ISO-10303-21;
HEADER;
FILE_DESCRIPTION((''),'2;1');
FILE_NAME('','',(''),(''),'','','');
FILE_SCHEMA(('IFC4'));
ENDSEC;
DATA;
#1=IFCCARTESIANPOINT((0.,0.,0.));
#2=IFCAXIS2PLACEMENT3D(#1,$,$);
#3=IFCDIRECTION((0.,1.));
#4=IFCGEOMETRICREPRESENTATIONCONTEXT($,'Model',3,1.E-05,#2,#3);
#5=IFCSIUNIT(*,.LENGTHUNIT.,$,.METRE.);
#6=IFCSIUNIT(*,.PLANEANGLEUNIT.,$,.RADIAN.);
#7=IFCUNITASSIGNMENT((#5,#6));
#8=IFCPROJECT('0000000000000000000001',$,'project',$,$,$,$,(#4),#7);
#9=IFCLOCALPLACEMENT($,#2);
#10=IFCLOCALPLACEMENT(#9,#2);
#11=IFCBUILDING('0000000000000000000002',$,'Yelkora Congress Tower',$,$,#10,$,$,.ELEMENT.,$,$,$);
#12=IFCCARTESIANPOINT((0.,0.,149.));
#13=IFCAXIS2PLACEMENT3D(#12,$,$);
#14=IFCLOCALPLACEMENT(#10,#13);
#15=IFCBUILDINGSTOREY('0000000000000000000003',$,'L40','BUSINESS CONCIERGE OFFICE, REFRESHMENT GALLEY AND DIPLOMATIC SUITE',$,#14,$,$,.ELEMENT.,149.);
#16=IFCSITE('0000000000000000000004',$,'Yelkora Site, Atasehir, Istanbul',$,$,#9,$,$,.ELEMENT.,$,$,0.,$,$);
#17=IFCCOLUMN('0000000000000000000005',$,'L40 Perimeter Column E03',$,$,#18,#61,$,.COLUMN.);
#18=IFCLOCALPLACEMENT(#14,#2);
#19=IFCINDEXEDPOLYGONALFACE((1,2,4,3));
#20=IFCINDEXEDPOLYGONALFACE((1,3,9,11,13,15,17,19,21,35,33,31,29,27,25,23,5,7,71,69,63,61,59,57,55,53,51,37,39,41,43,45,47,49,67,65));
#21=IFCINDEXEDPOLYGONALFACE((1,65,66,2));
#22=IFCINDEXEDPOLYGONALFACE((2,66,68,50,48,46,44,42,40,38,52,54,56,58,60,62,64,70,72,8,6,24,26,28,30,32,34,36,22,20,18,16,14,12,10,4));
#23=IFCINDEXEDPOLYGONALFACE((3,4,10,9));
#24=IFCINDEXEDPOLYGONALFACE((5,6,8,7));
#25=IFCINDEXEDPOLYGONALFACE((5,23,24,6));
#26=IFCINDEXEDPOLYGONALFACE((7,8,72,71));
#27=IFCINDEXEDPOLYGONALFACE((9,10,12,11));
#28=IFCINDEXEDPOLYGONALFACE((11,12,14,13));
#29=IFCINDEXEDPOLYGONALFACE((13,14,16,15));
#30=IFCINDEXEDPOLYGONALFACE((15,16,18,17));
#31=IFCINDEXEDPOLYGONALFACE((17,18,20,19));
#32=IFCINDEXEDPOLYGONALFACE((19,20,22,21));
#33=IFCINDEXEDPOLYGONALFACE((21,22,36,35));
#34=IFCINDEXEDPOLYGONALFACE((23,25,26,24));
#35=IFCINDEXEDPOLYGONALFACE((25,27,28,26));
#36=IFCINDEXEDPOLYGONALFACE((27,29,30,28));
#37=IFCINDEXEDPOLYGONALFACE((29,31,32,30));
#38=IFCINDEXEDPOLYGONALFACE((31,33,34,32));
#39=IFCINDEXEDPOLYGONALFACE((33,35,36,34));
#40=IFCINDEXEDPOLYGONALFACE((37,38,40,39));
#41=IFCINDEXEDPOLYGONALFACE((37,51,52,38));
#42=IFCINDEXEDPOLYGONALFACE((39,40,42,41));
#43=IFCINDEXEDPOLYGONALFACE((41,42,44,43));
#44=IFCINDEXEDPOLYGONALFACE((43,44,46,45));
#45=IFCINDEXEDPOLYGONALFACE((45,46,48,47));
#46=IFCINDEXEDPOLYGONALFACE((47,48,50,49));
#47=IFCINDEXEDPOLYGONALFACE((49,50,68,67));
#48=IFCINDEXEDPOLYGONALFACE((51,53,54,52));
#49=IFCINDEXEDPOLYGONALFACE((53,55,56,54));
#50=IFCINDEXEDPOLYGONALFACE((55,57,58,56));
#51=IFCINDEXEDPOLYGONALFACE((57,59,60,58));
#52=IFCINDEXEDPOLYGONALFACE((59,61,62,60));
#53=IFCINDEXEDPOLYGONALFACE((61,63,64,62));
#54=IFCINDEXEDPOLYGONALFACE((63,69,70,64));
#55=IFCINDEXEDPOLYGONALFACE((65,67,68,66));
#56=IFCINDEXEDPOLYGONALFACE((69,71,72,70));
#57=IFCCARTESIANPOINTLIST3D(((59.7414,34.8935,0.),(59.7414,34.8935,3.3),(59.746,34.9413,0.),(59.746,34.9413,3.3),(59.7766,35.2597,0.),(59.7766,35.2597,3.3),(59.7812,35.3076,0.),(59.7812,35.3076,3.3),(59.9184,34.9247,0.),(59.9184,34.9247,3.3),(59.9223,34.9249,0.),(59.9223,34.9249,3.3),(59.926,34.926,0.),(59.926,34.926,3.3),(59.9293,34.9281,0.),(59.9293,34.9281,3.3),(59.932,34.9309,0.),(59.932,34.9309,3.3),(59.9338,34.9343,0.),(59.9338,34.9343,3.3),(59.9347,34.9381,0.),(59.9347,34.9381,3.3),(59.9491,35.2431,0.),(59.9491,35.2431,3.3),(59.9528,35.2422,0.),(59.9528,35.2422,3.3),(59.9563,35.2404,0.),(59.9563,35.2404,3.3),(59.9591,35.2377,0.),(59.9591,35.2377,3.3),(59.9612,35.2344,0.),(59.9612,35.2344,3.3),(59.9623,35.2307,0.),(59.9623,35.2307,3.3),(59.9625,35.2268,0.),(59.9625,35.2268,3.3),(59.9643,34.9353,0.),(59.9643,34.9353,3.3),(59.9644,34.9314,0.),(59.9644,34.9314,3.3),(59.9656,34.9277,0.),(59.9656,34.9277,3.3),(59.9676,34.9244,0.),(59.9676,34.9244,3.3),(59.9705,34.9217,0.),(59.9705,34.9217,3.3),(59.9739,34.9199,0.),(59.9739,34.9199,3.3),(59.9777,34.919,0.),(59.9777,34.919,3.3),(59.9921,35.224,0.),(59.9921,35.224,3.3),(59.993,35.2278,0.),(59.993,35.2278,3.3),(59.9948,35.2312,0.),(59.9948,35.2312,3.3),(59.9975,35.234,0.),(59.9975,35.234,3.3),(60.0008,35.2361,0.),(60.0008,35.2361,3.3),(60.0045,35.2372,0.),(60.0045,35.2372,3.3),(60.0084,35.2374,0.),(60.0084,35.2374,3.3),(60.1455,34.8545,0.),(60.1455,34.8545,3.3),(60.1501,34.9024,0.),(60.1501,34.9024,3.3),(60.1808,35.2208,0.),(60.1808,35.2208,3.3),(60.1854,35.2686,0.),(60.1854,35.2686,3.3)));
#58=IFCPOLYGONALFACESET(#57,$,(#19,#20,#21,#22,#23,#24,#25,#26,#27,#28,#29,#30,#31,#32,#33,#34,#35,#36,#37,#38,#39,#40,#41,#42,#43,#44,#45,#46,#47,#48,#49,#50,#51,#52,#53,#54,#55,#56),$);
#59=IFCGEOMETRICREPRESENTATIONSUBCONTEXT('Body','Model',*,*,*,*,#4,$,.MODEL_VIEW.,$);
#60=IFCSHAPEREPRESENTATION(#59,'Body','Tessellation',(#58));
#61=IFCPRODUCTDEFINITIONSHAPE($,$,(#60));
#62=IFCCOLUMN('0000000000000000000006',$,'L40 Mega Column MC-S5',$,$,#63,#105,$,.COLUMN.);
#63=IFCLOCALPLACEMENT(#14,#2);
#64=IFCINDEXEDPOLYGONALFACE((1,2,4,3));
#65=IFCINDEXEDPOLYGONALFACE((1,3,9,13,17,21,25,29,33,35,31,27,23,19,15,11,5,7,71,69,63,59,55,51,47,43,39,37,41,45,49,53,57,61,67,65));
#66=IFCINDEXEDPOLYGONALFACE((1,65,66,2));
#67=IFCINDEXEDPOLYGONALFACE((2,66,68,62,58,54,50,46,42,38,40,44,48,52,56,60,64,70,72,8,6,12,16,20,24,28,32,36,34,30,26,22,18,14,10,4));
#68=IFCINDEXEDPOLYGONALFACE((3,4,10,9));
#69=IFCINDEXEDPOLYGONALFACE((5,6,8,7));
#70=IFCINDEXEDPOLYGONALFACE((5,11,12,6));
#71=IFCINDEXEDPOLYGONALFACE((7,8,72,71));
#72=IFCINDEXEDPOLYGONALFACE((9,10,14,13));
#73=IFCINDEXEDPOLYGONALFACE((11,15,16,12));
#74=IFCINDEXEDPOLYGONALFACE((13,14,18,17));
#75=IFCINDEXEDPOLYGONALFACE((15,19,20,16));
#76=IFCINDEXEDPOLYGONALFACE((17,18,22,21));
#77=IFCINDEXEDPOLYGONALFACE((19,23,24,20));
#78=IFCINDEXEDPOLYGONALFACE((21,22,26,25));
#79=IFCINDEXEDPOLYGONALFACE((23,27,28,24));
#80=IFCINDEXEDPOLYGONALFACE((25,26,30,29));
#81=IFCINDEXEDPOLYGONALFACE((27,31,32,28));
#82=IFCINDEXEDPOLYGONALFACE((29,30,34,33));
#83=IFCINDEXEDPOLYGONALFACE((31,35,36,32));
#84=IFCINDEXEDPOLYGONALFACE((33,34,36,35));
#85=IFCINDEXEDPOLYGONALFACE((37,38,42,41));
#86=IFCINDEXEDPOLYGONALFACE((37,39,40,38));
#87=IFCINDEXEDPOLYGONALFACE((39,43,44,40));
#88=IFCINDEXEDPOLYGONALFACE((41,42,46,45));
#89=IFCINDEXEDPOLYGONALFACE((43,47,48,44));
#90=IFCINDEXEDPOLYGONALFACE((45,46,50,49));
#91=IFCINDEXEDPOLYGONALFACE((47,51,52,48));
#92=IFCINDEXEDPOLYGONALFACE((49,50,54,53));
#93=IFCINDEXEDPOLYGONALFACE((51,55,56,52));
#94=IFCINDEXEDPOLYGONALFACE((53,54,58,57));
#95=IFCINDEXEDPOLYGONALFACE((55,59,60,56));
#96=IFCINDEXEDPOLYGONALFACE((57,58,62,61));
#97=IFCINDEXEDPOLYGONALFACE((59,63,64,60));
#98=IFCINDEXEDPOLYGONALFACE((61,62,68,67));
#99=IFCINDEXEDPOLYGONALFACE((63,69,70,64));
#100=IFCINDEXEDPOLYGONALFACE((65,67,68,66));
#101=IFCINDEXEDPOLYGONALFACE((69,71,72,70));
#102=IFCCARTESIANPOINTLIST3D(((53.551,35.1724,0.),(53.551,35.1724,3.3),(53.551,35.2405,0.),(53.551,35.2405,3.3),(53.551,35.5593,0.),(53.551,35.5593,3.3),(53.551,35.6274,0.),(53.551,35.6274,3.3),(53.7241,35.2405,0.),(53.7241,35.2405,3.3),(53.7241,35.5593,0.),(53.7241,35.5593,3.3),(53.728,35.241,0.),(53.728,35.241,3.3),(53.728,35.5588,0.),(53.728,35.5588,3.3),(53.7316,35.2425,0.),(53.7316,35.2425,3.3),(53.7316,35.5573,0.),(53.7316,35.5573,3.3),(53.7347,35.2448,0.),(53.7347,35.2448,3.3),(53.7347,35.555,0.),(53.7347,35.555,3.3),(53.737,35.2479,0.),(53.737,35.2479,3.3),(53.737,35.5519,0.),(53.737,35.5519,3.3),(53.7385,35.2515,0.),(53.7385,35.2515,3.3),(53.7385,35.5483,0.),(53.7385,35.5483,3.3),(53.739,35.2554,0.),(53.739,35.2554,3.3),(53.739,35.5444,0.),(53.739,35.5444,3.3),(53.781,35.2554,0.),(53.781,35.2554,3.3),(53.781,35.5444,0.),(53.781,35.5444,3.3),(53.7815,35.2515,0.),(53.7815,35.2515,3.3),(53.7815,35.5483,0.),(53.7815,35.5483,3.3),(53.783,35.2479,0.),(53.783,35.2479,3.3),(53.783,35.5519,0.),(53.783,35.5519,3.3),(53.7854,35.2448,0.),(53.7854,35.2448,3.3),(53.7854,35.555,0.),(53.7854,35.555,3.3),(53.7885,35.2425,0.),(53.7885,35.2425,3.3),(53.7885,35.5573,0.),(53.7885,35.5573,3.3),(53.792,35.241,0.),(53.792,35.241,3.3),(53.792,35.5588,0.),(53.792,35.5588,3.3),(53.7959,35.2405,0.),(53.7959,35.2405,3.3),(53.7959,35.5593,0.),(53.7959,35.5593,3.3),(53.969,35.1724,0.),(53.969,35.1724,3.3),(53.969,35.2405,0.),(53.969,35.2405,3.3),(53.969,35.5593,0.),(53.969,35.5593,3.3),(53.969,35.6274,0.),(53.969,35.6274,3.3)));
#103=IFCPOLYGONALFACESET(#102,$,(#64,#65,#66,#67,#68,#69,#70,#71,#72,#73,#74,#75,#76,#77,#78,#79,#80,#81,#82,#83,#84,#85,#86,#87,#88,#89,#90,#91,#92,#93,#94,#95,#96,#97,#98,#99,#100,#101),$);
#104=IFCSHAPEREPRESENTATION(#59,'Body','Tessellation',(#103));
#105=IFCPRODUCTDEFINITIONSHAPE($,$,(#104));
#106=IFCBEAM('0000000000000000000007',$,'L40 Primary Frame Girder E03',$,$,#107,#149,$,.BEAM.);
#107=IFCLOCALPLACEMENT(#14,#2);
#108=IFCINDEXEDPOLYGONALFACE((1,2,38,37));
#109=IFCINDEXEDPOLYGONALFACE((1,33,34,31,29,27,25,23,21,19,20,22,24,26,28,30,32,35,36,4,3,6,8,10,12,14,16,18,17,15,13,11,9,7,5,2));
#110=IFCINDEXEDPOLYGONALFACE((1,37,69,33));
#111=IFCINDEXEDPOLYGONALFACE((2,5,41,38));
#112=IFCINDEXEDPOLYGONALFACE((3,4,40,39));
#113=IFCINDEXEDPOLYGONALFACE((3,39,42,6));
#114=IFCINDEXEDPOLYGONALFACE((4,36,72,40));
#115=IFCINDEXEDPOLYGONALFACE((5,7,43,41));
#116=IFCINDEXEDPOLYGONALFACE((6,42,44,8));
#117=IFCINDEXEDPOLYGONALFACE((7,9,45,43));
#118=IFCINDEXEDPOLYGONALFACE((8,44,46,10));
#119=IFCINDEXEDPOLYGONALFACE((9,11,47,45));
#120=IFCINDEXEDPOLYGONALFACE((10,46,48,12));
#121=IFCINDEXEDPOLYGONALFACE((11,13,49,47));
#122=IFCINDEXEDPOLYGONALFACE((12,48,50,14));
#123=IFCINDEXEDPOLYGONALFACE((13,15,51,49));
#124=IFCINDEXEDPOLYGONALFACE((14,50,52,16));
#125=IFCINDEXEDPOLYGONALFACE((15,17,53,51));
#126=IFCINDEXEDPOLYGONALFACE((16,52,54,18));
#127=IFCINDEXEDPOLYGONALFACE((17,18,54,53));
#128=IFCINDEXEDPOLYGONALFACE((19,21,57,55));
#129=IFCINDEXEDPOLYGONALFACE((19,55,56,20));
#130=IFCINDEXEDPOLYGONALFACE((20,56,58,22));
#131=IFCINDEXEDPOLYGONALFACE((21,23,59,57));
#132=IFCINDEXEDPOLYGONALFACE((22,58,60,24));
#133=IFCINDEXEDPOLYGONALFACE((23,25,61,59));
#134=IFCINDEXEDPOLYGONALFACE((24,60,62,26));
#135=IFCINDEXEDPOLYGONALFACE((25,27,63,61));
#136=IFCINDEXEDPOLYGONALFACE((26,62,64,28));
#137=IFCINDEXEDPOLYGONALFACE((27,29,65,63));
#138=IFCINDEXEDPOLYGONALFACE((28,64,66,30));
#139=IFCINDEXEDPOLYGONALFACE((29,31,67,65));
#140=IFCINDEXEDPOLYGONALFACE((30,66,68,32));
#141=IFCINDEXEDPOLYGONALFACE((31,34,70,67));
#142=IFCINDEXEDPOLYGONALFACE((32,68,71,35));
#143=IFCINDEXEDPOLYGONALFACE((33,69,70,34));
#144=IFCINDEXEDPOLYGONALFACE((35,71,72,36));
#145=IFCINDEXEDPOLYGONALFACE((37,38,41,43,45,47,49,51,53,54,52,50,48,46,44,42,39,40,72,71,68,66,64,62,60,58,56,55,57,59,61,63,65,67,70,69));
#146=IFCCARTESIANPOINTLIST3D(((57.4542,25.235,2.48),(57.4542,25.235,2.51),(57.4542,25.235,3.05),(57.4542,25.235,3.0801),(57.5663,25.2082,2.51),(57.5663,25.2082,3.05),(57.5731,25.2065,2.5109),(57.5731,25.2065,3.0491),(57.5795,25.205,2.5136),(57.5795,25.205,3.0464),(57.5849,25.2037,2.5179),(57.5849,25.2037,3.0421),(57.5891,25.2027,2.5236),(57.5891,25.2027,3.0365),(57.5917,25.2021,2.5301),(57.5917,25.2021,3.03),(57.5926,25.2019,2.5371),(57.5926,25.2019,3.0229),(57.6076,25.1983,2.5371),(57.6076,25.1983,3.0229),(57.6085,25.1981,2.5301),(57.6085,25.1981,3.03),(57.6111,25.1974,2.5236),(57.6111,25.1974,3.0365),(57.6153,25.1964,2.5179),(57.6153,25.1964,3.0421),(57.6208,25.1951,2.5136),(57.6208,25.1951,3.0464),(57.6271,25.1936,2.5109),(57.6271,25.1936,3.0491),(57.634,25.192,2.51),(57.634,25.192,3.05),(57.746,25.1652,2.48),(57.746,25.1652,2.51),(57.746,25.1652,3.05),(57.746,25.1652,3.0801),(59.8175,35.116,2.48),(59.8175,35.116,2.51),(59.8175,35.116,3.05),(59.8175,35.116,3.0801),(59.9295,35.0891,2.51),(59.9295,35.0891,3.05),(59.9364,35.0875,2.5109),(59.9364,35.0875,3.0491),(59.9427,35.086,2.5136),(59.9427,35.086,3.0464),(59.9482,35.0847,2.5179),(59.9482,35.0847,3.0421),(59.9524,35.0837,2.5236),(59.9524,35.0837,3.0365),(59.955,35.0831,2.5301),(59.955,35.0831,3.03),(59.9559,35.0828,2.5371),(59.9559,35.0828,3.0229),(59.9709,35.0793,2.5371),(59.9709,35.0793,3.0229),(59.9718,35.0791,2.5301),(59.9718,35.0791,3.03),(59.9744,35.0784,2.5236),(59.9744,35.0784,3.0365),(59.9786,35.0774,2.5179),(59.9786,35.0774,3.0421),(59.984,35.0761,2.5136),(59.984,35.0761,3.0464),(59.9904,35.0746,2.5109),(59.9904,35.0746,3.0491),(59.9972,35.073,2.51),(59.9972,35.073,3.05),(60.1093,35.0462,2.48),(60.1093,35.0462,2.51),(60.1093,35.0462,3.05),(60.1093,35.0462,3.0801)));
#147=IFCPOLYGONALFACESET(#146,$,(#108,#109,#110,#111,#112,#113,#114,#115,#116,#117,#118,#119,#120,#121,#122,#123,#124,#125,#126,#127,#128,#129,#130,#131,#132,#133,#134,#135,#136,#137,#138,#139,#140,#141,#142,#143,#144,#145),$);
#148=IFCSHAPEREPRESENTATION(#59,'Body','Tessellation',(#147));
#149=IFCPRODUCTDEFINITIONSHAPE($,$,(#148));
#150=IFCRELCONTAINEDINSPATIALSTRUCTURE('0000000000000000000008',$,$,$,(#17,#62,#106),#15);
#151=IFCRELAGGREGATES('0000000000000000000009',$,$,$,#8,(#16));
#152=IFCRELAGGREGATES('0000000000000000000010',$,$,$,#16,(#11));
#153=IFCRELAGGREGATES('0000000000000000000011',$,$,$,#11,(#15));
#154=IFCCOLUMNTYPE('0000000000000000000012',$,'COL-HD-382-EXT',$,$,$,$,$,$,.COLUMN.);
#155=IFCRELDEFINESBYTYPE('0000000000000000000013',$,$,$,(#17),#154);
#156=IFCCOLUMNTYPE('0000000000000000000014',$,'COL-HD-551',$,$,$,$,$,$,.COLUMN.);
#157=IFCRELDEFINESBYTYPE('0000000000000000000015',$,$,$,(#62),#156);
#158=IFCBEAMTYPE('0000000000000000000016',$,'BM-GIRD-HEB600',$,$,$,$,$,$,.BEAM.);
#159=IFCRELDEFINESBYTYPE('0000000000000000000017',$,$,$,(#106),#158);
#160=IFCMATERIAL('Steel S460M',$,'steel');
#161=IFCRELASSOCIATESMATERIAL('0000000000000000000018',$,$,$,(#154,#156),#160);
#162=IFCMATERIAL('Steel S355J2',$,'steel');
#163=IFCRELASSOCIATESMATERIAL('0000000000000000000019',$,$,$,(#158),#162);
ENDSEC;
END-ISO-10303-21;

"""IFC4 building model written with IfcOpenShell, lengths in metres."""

from ifc_helpers import new_model, si_unit, direction, frame, origin, origin_2d, place, context, subcontext, project, spatial, i_section, extrude, material, material_profile, profile_set, type_object, element, save


model = new_model("IFC4")

# Units and contexts
model_context = context("Model", 3, precision=1e-05, world=origin(), true_north=direction((0.0, 1.0)))
body_context = subcontext(model_context, "Body", "Model", "MODEL_VIEW")
ifc_project = project(units=[si_unit("LENGTHUNIT", "METRE"), si_unit("PLANEANGLEUNIT", "RADIAN")], contexts=[model_context])

# Site, building, storey
site_placement = place(None, origin())
site = spatial("IfcSite", under=ifc_project, at=site_placement, Name="Yelkora Site, Atasehir, Istanbul", CompositionType="ELEMENT", RefElevation=0.0)
building_placement = place(site_placement, origin())
building = spatial("IfcBuilding", under=site, at=building_placement, Name="Yelkora Congress Tower", CompositionType="ELEMENT")
storey_placement = place(building_placement, frame((0.0, 0.0, 149.0)))
storey = spatial("IfcBuildingStorey", under=building, at=storey_placement, Name="L40", Description="BUSINESS CONCIERGE OFFICE, REFRESHMENT GALLEY AND DIPLOMATIC SUITE", CompositionType="ELEMENT", Elevation=149.0)

# Columns
ifc_material_1 = material(Name="Steel S460M", Category="steel")
ifc_material_profile_1 = material_profile(ifc_material_1, i_section(OverallWidth=0.406, OverallDepth=0.416, WebThickness=0.0298, FlangeThickness=0.0481, FilletRadius=0.0149, at=origin_2d()), Name="HD 400x382")
ifc_profile_set_1 = profile_set([ifc_material_profile_1], Name="Steel S460M")
column_type_1 = type_object("IfcColumnType", Name="COL-HD-382-EXT", PredefinedType="COLUMN", material=ifc_profile_set_1)
column_1_placement = place(storey_placement, frame((59.9634, 35.0811, 0.0), z_axis=(0.0, 0.0, 1.0), x_axis=(0.995396, -0.095846, 0.0)))
element("IfcColumn", 1, at=column_1_placement, inside=storey, type_object=column_type_1, Name="L40 Perimeter Column E03", PredefinedType="COLUMN", context=body_context, shape_type="SweptSolid", body=[
    extrude(i_section(OverallWidth=0.406, OverallDepth=0.416, WebThickness=0.0298, FlangeThickness=0.0481, FilletRadius=0.0149, at=origin_2d()), origin(), (0.0, 0.0, 1.0), 3.3),
])
ifc_material_profile_2 = material_profile(ifc_material_1, i_section(OverallWidth=0.418, OverallDepth=0.4551, WebThickness=0.042, FlangeThickness=0.0681, FilletRadius=0.0149, at=origin_2d()), Name="HD 400x551")
ifc_profile_set_2 = profile_set([ifc_material_profile_2], Name="Steel S460M")
column_type_2 = type_object("IfcColumnType", Name="COL-HD-551", PredefinedType="COLUMN", material=ifc_profile_set_2)
column_2_placement = place(storey_placement, frame((53.76, 35.3999, 0.0), z_axis=(0.0, 0.0, 1.0), x_axis=(1.0, 0.0, 0.0)))
element("IfcColumn", 2, at=column_2_placement, inside=storey, type_object=column_type_2, Name="L40 Mega Column MC-S5", PredefinedType="COLUMN", context=body_context, shape_type="SweptSolid", body=[
    extrude(i_section(OverallWidth=0.418, OverallDepth=0.4551, WebThickness=0.042, FlangeThickness=0.0681, FilletRadius=0.0149, at=origin_2d()), origin(), (0.0, 0.0, 1.0), 3.3),
])

# Beam
ifc_material_2 = material(Name="Steel S355J2", Category="steel")
ifc_material_profile_3 = material_profile(ifc_material_2, i_section(OverallWidth=0.3, OverallDepth=0.6001, WebThickness=0.0154, FlangeThickness=0.03, FilletRadius=0.0271, at=origin_2d()), Name="HEB 600")
ifc_profile_set_3 = profile_set([ifc_material_profile_3], Name="Steel S355J2")
beam_type_1 = type_object("IfcBeamType", Name="BM-GIRD-HEB600", PredefinedType="BEAM", material=ifc_profile_set_3)
beam_1_placement = place(storey_placement, frame((59.9634, 35.0811, 2.78), z_axis=(-0.232611, -0.97257, 0.0), x_axis=(0.97257, -0.232611, 0.0)))
element("IfcBeam", 3, at=beam_1_placement, inside=storey, type_object=beam_type_1, Name="L40 Primary Frame Girder E03", PredefinedType="BEAM", context=body_context, shape_type="SweptSolid", body=[
    extrude(i_section(OverallWidth=0.3, OverallDepth=0.6001, WebThickness=0.0154, FlangeThickness=0.03, FilletRadius=0.0271, at=origin_2d()), origin(), (0.0, 0.0, 1.0), 10.1597),
])

save(model, "model.ifc")
